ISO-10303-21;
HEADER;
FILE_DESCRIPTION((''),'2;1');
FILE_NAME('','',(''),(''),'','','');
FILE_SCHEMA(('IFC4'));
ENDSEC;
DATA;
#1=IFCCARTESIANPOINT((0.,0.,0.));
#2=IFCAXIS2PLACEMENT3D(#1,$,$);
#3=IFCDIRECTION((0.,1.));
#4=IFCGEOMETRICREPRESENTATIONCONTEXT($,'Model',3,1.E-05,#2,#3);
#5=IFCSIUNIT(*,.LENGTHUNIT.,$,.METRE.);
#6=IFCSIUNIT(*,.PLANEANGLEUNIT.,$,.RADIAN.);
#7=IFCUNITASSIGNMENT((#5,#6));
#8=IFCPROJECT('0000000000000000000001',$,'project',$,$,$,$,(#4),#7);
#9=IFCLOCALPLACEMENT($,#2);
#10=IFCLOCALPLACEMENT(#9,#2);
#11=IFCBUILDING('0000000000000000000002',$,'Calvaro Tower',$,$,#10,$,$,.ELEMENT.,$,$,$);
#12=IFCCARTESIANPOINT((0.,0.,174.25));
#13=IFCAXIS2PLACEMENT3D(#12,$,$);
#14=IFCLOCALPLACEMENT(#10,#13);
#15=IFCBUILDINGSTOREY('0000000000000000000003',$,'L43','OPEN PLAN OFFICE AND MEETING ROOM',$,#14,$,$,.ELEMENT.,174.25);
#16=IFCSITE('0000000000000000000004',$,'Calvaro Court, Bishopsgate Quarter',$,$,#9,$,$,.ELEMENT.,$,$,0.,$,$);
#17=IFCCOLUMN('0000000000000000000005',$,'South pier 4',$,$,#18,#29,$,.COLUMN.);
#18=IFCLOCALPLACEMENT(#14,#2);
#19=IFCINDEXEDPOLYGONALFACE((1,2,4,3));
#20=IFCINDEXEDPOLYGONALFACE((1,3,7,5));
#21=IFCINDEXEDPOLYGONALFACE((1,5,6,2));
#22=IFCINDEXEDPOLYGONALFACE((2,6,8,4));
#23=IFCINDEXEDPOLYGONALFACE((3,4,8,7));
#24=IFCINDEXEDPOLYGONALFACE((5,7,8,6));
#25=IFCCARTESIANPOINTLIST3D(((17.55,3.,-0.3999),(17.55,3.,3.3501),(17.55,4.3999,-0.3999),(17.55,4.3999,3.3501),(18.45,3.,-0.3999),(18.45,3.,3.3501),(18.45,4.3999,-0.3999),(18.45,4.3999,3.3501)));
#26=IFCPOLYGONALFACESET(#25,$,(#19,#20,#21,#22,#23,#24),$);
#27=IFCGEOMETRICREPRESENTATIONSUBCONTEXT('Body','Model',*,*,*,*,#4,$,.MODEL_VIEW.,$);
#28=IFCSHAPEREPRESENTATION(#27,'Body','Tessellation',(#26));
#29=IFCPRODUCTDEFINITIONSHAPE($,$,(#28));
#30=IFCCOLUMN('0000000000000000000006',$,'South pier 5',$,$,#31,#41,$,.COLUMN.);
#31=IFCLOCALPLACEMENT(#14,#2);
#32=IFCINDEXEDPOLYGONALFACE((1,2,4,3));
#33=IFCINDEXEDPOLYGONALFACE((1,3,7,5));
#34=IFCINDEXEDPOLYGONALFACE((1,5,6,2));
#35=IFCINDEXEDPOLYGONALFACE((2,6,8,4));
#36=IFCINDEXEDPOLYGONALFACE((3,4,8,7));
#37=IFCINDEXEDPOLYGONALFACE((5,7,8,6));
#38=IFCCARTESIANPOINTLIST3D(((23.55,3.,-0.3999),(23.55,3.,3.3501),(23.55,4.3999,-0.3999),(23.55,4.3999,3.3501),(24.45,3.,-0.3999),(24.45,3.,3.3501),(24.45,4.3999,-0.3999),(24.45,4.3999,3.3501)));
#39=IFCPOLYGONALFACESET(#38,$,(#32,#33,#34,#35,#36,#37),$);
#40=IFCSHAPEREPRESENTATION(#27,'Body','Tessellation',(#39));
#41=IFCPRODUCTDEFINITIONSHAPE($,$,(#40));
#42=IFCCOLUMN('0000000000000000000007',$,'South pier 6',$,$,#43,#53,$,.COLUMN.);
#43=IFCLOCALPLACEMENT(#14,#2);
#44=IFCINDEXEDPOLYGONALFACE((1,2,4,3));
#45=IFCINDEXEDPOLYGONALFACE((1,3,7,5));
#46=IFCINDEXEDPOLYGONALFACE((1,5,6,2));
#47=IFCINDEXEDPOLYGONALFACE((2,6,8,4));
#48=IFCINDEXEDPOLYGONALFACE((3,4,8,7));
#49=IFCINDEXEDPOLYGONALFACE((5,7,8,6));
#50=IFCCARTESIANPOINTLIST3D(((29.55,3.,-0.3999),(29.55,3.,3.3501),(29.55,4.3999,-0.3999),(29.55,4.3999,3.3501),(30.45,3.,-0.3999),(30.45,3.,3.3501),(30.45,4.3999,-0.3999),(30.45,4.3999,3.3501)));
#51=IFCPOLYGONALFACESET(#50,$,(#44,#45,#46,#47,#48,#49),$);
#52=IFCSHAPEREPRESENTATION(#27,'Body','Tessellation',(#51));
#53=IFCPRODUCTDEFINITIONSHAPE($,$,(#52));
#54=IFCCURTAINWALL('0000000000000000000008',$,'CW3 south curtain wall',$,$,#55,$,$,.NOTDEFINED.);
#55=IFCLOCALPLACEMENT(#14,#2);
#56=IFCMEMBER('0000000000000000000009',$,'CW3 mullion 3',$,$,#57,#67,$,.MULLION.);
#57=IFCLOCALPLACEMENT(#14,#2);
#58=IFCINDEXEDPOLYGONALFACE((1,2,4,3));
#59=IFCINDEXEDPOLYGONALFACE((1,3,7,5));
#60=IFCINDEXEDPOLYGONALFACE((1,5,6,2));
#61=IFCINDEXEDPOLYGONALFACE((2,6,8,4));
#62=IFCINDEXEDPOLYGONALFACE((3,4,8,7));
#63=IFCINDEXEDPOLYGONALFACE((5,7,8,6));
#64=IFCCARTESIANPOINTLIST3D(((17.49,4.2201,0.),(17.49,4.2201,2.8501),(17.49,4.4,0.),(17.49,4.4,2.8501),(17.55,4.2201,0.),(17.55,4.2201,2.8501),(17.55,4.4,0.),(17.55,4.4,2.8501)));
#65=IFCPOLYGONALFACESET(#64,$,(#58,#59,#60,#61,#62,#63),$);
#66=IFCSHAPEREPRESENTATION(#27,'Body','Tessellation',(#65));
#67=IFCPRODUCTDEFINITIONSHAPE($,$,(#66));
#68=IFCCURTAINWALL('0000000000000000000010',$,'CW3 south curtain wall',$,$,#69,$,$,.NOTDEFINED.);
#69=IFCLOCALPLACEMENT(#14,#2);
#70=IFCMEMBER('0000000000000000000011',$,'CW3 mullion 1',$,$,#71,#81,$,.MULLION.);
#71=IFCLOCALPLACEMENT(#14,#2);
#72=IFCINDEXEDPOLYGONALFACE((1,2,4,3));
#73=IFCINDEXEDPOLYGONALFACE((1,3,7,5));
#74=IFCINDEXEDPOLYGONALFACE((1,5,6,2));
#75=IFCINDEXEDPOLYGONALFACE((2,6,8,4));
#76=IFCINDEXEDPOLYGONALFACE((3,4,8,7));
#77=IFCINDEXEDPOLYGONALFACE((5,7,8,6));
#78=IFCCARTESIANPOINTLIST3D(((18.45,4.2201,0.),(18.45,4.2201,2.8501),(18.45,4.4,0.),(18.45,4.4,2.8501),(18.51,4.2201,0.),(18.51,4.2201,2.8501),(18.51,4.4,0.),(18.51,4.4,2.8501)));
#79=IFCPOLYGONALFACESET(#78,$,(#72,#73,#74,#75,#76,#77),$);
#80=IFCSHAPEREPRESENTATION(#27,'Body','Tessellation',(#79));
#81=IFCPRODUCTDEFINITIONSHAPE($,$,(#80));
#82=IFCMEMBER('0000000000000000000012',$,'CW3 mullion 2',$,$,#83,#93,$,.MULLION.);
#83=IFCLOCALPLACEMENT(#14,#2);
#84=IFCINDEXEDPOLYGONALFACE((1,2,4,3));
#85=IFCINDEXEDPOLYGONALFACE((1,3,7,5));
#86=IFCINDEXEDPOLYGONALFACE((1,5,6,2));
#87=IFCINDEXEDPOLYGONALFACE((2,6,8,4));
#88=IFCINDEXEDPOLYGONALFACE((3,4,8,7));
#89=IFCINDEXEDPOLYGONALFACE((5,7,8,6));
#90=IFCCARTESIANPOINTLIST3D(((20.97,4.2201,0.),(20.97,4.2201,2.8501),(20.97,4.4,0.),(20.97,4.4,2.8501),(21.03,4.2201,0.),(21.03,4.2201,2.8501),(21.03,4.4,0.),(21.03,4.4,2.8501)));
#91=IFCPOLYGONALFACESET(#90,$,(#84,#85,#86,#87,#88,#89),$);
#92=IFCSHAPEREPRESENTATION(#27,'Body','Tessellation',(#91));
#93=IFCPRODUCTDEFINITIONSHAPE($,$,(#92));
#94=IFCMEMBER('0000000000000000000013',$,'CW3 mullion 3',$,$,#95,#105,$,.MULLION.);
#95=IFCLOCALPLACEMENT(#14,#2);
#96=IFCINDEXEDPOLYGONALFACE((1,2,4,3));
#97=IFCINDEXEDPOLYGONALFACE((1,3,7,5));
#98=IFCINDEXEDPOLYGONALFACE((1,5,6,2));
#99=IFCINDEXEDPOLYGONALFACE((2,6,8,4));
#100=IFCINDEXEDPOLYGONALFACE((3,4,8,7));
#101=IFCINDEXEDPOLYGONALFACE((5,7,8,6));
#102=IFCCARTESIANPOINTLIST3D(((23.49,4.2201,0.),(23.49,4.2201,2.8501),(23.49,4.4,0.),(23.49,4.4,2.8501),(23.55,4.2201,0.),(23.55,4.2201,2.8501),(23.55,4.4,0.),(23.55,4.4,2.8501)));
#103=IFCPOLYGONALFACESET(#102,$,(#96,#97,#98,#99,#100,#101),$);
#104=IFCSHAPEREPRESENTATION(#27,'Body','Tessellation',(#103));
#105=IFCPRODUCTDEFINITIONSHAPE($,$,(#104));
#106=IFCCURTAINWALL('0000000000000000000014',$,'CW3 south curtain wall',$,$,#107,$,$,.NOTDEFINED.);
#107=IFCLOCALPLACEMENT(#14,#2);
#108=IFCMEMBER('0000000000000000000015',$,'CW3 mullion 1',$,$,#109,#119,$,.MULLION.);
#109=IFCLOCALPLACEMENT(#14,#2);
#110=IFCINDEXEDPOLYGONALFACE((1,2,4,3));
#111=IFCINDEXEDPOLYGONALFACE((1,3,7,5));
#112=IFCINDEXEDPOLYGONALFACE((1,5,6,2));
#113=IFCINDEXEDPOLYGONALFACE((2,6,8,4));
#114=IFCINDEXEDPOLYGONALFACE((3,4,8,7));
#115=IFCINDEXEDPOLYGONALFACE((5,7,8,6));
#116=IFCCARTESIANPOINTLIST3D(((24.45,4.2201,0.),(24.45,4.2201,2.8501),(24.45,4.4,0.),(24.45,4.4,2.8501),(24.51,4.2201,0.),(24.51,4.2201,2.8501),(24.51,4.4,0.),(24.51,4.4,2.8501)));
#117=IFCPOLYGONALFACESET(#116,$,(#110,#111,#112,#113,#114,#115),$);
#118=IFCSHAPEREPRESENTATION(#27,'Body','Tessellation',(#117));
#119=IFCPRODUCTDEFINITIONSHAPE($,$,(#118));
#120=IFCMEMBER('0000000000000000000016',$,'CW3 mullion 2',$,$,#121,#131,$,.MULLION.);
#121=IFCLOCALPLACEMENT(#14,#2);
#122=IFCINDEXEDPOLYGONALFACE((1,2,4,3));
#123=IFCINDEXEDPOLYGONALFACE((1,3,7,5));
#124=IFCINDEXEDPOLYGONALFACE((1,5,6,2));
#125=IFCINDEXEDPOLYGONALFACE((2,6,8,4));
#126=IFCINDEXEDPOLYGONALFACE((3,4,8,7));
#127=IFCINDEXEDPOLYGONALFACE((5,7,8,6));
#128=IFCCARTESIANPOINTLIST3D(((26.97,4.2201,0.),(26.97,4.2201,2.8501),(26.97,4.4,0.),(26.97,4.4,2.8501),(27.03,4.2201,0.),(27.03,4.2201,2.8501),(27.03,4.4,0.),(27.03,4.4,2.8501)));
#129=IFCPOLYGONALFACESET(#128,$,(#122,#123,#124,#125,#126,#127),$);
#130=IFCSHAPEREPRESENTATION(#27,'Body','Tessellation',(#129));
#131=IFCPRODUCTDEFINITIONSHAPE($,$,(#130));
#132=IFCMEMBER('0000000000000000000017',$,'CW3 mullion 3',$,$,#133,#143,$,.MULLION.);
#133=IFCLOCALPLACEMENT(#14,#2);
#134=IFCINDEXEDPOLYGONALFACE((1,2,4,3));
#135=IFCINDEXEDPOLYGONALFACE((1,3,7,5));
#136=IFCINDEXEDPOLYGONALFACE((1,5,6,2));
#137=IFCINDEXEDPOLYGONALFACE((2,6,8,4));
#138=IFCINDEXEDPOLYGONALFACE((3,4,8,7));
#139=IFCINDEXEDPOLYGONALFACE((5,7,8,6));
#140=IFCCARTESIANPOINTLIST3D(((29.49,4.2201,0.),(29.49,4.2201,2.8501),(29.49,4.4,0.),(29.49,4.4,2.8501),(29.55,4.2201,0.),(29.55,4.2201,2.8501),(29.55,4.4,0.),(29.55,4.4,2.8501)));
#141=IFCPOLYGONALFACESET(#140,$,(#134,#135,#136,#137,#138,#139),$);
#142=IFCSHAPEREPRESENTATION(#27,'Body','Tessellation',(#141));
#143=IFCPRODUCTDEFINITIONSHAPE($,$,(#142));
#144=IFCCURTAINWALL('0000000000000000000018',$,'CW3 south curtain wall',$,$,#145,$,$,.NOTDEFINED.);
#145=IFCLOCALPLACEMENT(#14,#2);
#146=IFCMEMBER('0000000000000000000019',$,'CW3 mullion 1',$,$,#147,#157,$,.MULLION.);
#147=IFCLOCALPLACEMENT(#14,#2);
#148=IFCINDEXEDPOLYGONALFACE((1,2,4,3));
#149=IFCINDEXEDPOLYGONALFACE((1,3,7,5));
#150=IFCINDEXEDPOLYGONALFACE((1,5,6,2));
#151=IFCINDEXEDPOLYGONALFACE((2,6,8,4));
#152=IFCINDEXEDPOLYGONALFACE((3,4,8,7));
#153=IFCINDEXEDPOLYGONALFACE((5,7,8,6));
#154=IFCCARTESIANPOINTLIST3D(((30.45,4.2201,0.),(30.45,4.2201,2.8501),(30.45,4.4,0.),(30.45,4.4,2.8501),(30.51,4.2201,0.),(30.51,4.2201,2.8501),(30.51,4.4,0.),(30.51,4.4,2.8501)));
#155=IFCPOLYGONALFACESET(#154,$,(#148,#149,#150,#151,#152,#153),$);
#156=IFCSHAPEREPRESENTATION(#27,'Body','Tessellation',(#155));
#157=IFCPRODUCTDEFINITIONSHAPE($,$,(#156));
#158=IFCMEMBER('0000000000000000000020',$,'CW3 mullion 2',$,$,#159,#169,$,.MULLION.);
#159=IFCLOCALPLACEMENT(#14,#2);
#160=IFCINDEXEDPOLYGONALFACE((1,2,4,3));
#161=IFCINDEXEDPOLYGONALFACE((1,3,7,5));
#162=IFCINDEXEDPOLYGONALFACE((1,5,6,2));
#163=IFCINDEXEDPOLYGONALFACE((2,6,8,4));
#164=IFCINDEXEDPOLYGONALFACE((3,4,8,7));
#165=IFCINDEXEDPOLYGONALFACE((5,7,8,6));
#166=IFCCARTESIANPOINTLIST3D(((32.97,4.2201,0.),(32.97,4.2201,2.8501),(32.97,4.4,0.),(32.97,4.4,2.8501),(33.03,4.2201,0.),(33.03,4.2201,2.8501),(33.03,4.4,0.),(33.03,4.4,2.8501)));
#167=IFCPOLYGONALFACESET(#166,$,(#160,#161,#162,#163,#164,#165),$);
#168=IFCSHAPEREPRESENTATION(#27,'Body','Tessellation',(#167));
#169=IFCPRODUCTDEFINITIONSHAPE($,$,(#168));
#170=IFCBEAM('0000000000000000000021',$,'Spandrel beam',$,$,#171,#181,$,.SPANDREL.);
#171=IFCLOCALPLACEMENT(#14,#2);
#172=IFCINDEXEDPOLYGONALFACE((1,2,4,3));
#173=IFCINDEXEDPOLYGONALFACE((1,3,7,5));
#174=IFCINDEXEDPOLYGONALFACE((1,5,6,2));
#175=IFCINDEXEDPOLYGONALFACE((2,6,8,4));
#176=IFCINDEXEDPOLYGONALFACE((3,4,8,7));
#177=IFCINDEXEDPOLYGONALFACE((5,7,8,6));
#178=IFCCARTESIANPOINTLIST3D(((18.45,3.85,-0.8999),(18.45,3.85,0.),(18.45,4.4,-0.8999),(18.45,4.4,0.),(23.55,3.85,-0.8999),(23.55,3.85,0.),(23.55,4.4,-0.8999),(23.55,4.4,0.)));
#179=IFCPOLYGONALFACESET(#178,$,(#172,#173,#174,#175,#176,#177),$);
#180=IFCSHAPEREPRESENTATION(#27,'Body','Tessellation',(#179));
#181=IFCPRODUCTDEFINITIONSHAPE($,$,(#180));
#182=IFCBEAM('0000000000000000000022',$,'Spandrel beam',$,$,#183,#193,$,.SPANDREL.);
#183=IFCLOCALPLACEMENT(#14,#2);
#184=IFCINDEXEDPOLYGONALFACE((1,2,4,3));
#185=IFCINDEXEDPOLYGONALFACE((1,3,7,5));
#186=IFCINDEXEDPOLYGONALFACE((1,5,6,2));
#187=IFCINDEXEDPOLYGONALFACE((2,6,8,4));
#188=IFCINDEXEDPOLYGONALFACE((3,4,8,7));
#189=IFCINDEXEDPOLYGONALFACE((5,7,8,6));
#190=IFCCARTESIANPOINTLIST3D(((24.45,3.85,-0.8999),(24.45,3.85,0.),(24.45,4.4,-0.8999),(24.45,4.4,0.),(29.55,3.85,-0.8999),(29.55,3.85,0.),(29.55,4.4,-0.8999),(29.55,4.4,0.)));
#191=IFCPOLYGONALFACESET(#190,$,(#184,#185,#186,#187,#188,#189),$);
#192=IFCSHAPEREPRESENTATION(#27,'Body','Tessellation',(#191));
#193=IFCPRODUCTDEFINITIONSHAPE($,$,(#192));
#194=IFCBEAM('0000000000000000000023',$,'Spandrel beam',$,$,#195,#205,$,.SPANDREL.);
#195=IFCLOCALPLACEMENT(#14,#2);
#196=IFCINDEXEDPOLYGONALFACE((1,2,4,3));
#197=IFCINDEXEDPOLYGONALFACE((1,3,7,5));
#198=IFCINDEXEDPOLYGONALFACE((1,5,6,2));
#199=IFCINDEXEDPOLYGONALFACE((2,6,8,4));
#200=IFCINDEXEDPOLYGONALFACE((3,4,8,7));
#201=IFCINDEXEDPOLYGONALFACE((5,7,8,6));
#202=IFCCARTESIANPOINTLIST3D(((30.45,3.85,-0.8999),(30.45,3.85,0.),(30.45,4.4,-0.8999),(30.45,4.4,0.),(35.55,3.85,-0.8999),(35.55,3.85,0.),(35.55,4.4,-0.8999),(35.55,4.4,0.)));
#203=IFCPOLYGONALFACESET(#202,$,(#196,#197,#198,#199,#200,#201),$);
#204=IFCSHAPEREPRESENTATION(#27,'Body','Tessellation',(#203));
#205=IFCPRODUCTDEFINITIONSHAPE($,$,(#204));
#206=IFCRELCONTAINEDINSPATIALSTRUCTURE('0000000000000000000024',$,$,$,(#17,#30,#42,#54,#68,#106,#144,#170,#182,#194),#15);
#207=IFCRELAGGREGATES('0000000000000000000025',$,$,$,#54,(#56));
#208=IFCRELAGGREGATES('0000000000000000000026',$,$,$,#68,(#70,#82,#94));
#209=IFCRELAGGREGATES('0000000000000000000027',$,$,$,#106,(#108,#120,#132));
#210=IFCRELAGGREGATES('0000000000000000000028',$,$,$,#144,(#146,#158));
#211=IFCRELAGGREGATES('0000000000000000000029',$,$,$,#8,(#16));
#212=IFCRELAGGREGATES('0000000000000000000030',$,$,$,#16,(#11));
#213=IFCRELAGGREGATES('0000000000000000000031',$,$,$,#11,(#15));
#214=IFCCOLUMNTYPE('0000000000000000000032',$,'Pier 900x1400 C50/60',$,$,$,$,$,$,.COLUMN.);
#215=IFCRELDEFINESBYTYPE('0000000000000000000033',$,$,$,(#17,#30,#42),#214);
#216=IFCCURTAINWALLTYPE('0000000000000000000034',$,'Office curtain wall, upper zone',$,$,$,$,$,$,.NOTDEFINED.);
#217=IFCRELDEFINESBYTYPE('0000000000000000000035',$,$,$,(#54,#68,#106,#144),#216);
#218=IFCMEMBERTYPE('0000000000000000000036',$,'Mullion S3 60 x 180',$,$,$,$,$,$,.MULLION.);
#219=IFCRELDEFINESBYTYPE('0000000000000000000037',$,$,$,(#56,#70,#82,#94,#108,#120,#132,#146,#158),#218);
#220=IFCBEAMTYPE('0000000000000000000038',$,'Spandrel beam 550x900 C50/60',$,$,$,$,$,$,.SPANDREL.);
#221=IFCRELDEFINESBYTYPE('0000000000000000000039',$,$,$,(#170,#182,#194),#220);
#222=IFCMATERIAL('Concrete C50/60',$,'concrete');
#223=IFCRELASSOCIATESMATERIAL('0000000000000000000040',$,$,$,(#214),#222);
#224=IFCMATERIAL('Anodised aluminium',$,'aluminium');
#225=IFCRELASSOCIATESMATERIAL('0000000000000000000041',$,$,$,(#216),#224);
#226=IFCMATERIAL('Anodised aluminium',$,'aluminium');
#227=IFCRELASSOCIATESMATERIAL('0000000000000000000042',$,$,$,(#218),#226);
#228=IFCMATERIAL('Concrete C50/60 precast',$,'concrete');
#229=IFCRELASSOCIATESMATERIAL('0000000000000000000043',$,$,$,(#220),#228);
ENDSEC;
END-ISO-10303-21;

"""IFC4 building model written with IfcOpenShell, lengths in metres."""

from ifc_helpers import new_model, si_unit, direction, frame, origin, origin_2d, place, context, subcontext, project, spatial, rectangle, extrude, material, material_profile, profile_set, type_object, element, aggregate, save


model = new_model("IFC4")

# Units and contexts
model_context = context("Model", 3, precision=1e-05, world=origin(), true_north=direction((0.0, 1.0)))
body_context = subcontext(model_context, "Body", "Model", "MODEL_VIEW")
ifc_project = project(units=[si_unit("LENGTHUNIT", "METRE"), si_unit("PLANEANGLEUNIT", "RADIAN")], contexts=[model_context])

# Site, building, storey
site_placement = place(None, origin())
site = spatial("IfcSite", under=ifc_project, at=site_placement, Name="Calvaro Court, Bishopsgate Quarter", CompositionType="ELEMENT", RefElevation=0.0)
building_placement = place(site_placement, origin())
building = spatial("IfcBuilding", under=site, at=building_placement, Name="Calvaro Tower", CompositionType="ELEMENT")
storey_placement = place(building_placement, frame((0.0, 0.0, 174.25)))
storey = spatial("IfcBuildingStorey", under=building, at=storey_placement, Name="L43", Description="OPEN PLAN OFFICE AND MEETING ROOM", CompositionType="ELEMENT", Elevation=174.25)

# Columns
ifc_material_1 = material(Name="Concrete C50/60", Category="concrete")
ifc_material_profile_1 = material_profile(ifc_material_1, rectangle(XDim=0.8999, YDim=1.3999, at=origin_2d()), Name="RC 900x1400")
ifc_profile_set_1 = profile_set([ifc_material_profile_1], Name="Concrete C50/60")
column_type = type_object("IfcColumnType", Name="Pier 900x1400 C50/60", PredefinedType="COLUMN", material=ifc_profile_set_1)
for number, where, z_axis, x_axis, name in (
    (1, (18.0, 3.7, -0.3999), (0.0, 0.0, 1.0), (1.0, 0.0, 0.0), "South pier 4"),
    (2, (24.0, 3.7, -0.3999), (0.0, 0.0, 1.0), (1.0, 0.0, 0.0), "South pier 5"),
    (3, (30.0, 3.7, -0.3999), (0.0, 0.0, 1.0), (1.0, 0.0, 0.0), "South pier 6"),
):
    element("IfcColumn", number, at=place(storey_placement, frame(where, z_axis=z_axis, x_axis=x_axis)), inside=storey, type_object=column_type, Name=name, PredefinedType="COLUMN", context=body_context, shape_type="SweptSolid", body=[
        extrude(rectangle(XDim=0.8999, YDim=1.3999, at=origin_2d()), origin(), (0.0, 0.0, 1.0), 3.75),
    ])

# Curtain wall, member
ifc_material_2 = material(Name="Anodised aluminium", Category="aluminium")
curtain_wall_type = type_object("IfcCurtainWallType", Name="Office curtain wall, upper zone", PredefinedType="NOTDEFINED", material=ifc_material_2)
curtain_wall_1_placement = place(storey_placement, origin())
curtain_wall_1 = element("IfcCurtainWall", 4, at=curtain_wall_1_placement, inside=storey, type_object=curtain_wall_type, Name="CW3 south curtain wall", PredefinedType="NOTDEFINED")
ifc_material_3 = material(Name="Anodised aluminium", Category="aluminium")
ifc_material_profile_2 = material_profile(ifc_material_3, rectangle(XDim=0.1799, YDim=0.0601, at=origin_2d()), Name="Mullion S3 60 x 180")
ifc_profile_set_2 = profile_set([ifc_material_profile_2], Name="Anodised aluminium")
member_type_1 = type_object("IfcMemberType", Name="Mullion S3 60 x 180", PredefinedType="MULLION", material=ifc_profile_set_2)
member_1_placement = place(storey_placement, frame((17.52, 4.3101, 0.0), z_axis=(0.0, 0.0, 1.0), x_axis=(0.0, 1.0, 0.0)))
member_1 = element("IfcMember", 5, at=member_1_placement, type_object=member_type_1, Name="CW3 mullion 3", PredefinedType="MULLION", context=body_context, shape_type="SweptSolid", body=[
    extrude(rectangle(XDim=0.1799, YDim=0.0601, at=origin_2d()), origin(), (0.0, 0.0, 1.0), 2.8501),
])
aggregate(curtain_wall_1, [member_1])

# Curtain walls, members
curtain_wall_2_placement = place(storey_placement, origin())
curtain_wall_2 = element("IfcCurtainWall", 6, at=curtain_wall_2_placement, inside=storey, type_object=curtain_wall_type, Name="CW3 south curtain wall", PredefinedType="NOTDEFINED")
member_2_placement = place(storey_placement, frame((18.48, 4.3101, 0.0), z_axis=(0.0, 0.0, 1.0), x_axis=(0.0, 1.0, 0.0)))
member_2 = element("IfcMember", 7, at=member_2_placement, type_object=member_type_1, Name="CW3 mullion 1", PredefinedType="MULLION", context=body_context, shape_type="SweptSolid", body=[
    extrude(rectangle(XDim=0.1799, YDim=0.0601, at=origin_2d()), origin(), (0.0, 0.0, 1.0), 2.8501),
])
member_3_placement = place(storey_placement, frame((21.0, 4.3101, 0.0), z_axis=(0.0, 0.0, 1.0), x_axis=(0.0, 1.0, 0.0)))
member_3 = element("IfcMember", 8, at=member_3_placement, type_object=member_type_1, Name="CW3 mullion 2", PredefinedType="MULLION", context=body_context, shape_type="SweptSolid", body=[
    extrude(rectangle(XDim=0.1799, YDim=0.0601, at=origin_2d()), origin(), (0.0, 0.0, 1.0), 2.8501),
])
member_4_placement = place(storey_placement, frame((23.52, 4.3101, 0.0), z_axis=(0.0, 0.0, 1.0), x_axis=(0.0, 1.0, 0.0)))
member_4 = element("IfcMember", 9, at=member_4_placement, type_object=member_type_1, Name="CW3 mullion 3", PredefinedType="MULLION", context=body_context, shape_type="SweptSolid", body=[
    extrude(rectangle(XDim=0.1799, YDim=0.0601, at=origin_2d()), origin(), (0.0, 0.0, 1.0), 2.8501),
])
curtain_wall_3_placement = place(storey_placement, origin())
curtain_wall_3 = element("IfcCurtainWall", 10, at=curtain_wall_3_placement, inside=storey, type_object=curtain_wall_type, Name="CW3 south curtain wall", PredefinedType="NOTDEFINED")
member_5_placement = place(storey_placement, frame((24.48, 4.3101, 0.0), z_axis=(0.0, 0.0, 1.0), x_axis=(0.0, 1.0, 0.0)))
member_5 = element("IfcMember", 11, at=member_5_placement, type_object=member_type_1, Name="CW3 mullion 1", PredefinedType="MULLION", context=body_context, shape_type="SweptSolid", body=[
    extrude(rectangle(XDim=0.1799, YDim=0.0601, at=origin_2d()), origin(), (0.0, 0.0, 1.0), 2.8501),
])
member_6_placement = place(storey_placement, frame((27.0, 4.3101, 0.0), z_axis=(0.0, 0.0, 1.0), x_axis=(0.0, 1.0, 0.0)))
member_6 = element("IfcMember", 12, at=member_6_placement, type_object=member_type_1, Name="CW3 mullion 2", PredefinedType="MULLION", context=body_context, shape_type="SweptSolid", body=[
    extrude(rectangle(XDim=0.1799, YDim=0.0601, at=origin_2d()), origin(), (0.0, 0.0, 1.0), 2.8501),
])
member_7_placement = place(storey_placement, frame((29.52, 4.3101, 0.0), z_axis=(0.0, 0.0, 1.0), x_axis=(0.0, 1.0, 0.0)))
member_7 = element("IfcMember", 13, at=member_7_placement, type_object=member_type_1, Name="CW3 mullion 3", PredefinedType="MULLION", context=body_context, shape_type="SweptSolid", body=[
    extrude(rectangle(XDim=0.1799, YDim=0.0601, at=origin_2d()), origin(), (0.0, 0.0, 1.0), 2.8501),
])
curtain_wall_4_placement = place(storey_placement, origin())
curtain_wall_4 = element("IfcCurtainWall", 14, at=curtain_wall_4_placement, inside=storey, type_object=curtain_wall_type, Name="CW3 south curtain wall", PredefinedType="NOTDEFINED")
member_8_placement = place(storey_placement, frame((30.48, 4.3101, 0.0), z_axis=(0.0, 0.0, 1.0), x_axis=(0.0, 1.0, 0.0)))
member_8 = element("IfcMember", 15, at=member_8_placement, type_object=member_type_1, Name="CW3 mullion 1", PredefinedType="MULLION", context=body_context, shape_type="SweptSolid", body=[
    extrude(rectangle(XDim=0.1799, YDim=0.0601, at=origin_2d()), origin(), (0.0, 0.0, 1.0), 2.8501),
])
member_9_placement = place(storey_placement, frame((33.0, 4.3101, 0.0), z_axis=(0.0, 0.0, 1.0), x_axis=(0.0, 1.0, 0.0)))
member_9 = element("IfcMember", 16, at=member_9_placement, type_object=member_type_1, Name="CW3 mullion 2", PredefinedType="MULLION", context=body_context, shape_type="SweptSolid", body=[
    extrude(rectangle(XDim=0.1799, YDim=0.0601, at=origin_2d()), origin(), (0.0, 0.0, 1.0), 2.8501),
])

# Beams
ifc_material_4 = material(Name="Concrete C50/60 precast", Category="concrete")
ifc_material_profile_3 = material_profile(ifc_material_4, rectangle(XDim=0.55, YDim=0.8999, at=origin_2d()), Name="RC 550x900")
ifc_profile_set_3 = profile_set([ifc_material_profile_3], Name="Concrete C50/60 precast")
beam_type = type_object("IfcBeamType", Name="Spandrel beam 550x900 C50/60", PredefinedType="SPANDREL", material=ifc_profile_set_3)
for number, where, z_axis, x_axis, name in (
    (17, (18.45, 4.125, -0.45), (1.0, 0.0, 0.0), (0.0, 1.0, 0.0), "Spandrel beam"),
    (18, (24.45, 4.125, -0.45), (1.0, 0.0, 0.0), (0.0, 1.0, 0.0), "Spandrel beam"),
    (19, (30.45, 4.125, -0.45), (1.0, 0.0, 0.0), (0.0, 1.0, 0.0), "Spandrel beam"),
):
    element("IfcBeam", number, at=place(storey_placement, frame(where, z_axis=z_axis, x_axis=x_axis)), inside=storey, type_object=beam_type, Name=name, PredefinedType="SPANDREL", context=body_context, shape_type="SweptSolid", body=[
        extrude(rectangle(XDim=0.55, YDim=0.8999, at=origin_2d()), origin(), (0.0, 0.0, 1.0), 5.1001),
    ])

aggregate(curtain_wall_2, [member_2, member_3, member_4])
aggregate(curtain_wall_3, [member_5, member_6, member_7])
aggregate(curtain_wall_4, [member_8, member_9])

save(model, "model.ifc")
